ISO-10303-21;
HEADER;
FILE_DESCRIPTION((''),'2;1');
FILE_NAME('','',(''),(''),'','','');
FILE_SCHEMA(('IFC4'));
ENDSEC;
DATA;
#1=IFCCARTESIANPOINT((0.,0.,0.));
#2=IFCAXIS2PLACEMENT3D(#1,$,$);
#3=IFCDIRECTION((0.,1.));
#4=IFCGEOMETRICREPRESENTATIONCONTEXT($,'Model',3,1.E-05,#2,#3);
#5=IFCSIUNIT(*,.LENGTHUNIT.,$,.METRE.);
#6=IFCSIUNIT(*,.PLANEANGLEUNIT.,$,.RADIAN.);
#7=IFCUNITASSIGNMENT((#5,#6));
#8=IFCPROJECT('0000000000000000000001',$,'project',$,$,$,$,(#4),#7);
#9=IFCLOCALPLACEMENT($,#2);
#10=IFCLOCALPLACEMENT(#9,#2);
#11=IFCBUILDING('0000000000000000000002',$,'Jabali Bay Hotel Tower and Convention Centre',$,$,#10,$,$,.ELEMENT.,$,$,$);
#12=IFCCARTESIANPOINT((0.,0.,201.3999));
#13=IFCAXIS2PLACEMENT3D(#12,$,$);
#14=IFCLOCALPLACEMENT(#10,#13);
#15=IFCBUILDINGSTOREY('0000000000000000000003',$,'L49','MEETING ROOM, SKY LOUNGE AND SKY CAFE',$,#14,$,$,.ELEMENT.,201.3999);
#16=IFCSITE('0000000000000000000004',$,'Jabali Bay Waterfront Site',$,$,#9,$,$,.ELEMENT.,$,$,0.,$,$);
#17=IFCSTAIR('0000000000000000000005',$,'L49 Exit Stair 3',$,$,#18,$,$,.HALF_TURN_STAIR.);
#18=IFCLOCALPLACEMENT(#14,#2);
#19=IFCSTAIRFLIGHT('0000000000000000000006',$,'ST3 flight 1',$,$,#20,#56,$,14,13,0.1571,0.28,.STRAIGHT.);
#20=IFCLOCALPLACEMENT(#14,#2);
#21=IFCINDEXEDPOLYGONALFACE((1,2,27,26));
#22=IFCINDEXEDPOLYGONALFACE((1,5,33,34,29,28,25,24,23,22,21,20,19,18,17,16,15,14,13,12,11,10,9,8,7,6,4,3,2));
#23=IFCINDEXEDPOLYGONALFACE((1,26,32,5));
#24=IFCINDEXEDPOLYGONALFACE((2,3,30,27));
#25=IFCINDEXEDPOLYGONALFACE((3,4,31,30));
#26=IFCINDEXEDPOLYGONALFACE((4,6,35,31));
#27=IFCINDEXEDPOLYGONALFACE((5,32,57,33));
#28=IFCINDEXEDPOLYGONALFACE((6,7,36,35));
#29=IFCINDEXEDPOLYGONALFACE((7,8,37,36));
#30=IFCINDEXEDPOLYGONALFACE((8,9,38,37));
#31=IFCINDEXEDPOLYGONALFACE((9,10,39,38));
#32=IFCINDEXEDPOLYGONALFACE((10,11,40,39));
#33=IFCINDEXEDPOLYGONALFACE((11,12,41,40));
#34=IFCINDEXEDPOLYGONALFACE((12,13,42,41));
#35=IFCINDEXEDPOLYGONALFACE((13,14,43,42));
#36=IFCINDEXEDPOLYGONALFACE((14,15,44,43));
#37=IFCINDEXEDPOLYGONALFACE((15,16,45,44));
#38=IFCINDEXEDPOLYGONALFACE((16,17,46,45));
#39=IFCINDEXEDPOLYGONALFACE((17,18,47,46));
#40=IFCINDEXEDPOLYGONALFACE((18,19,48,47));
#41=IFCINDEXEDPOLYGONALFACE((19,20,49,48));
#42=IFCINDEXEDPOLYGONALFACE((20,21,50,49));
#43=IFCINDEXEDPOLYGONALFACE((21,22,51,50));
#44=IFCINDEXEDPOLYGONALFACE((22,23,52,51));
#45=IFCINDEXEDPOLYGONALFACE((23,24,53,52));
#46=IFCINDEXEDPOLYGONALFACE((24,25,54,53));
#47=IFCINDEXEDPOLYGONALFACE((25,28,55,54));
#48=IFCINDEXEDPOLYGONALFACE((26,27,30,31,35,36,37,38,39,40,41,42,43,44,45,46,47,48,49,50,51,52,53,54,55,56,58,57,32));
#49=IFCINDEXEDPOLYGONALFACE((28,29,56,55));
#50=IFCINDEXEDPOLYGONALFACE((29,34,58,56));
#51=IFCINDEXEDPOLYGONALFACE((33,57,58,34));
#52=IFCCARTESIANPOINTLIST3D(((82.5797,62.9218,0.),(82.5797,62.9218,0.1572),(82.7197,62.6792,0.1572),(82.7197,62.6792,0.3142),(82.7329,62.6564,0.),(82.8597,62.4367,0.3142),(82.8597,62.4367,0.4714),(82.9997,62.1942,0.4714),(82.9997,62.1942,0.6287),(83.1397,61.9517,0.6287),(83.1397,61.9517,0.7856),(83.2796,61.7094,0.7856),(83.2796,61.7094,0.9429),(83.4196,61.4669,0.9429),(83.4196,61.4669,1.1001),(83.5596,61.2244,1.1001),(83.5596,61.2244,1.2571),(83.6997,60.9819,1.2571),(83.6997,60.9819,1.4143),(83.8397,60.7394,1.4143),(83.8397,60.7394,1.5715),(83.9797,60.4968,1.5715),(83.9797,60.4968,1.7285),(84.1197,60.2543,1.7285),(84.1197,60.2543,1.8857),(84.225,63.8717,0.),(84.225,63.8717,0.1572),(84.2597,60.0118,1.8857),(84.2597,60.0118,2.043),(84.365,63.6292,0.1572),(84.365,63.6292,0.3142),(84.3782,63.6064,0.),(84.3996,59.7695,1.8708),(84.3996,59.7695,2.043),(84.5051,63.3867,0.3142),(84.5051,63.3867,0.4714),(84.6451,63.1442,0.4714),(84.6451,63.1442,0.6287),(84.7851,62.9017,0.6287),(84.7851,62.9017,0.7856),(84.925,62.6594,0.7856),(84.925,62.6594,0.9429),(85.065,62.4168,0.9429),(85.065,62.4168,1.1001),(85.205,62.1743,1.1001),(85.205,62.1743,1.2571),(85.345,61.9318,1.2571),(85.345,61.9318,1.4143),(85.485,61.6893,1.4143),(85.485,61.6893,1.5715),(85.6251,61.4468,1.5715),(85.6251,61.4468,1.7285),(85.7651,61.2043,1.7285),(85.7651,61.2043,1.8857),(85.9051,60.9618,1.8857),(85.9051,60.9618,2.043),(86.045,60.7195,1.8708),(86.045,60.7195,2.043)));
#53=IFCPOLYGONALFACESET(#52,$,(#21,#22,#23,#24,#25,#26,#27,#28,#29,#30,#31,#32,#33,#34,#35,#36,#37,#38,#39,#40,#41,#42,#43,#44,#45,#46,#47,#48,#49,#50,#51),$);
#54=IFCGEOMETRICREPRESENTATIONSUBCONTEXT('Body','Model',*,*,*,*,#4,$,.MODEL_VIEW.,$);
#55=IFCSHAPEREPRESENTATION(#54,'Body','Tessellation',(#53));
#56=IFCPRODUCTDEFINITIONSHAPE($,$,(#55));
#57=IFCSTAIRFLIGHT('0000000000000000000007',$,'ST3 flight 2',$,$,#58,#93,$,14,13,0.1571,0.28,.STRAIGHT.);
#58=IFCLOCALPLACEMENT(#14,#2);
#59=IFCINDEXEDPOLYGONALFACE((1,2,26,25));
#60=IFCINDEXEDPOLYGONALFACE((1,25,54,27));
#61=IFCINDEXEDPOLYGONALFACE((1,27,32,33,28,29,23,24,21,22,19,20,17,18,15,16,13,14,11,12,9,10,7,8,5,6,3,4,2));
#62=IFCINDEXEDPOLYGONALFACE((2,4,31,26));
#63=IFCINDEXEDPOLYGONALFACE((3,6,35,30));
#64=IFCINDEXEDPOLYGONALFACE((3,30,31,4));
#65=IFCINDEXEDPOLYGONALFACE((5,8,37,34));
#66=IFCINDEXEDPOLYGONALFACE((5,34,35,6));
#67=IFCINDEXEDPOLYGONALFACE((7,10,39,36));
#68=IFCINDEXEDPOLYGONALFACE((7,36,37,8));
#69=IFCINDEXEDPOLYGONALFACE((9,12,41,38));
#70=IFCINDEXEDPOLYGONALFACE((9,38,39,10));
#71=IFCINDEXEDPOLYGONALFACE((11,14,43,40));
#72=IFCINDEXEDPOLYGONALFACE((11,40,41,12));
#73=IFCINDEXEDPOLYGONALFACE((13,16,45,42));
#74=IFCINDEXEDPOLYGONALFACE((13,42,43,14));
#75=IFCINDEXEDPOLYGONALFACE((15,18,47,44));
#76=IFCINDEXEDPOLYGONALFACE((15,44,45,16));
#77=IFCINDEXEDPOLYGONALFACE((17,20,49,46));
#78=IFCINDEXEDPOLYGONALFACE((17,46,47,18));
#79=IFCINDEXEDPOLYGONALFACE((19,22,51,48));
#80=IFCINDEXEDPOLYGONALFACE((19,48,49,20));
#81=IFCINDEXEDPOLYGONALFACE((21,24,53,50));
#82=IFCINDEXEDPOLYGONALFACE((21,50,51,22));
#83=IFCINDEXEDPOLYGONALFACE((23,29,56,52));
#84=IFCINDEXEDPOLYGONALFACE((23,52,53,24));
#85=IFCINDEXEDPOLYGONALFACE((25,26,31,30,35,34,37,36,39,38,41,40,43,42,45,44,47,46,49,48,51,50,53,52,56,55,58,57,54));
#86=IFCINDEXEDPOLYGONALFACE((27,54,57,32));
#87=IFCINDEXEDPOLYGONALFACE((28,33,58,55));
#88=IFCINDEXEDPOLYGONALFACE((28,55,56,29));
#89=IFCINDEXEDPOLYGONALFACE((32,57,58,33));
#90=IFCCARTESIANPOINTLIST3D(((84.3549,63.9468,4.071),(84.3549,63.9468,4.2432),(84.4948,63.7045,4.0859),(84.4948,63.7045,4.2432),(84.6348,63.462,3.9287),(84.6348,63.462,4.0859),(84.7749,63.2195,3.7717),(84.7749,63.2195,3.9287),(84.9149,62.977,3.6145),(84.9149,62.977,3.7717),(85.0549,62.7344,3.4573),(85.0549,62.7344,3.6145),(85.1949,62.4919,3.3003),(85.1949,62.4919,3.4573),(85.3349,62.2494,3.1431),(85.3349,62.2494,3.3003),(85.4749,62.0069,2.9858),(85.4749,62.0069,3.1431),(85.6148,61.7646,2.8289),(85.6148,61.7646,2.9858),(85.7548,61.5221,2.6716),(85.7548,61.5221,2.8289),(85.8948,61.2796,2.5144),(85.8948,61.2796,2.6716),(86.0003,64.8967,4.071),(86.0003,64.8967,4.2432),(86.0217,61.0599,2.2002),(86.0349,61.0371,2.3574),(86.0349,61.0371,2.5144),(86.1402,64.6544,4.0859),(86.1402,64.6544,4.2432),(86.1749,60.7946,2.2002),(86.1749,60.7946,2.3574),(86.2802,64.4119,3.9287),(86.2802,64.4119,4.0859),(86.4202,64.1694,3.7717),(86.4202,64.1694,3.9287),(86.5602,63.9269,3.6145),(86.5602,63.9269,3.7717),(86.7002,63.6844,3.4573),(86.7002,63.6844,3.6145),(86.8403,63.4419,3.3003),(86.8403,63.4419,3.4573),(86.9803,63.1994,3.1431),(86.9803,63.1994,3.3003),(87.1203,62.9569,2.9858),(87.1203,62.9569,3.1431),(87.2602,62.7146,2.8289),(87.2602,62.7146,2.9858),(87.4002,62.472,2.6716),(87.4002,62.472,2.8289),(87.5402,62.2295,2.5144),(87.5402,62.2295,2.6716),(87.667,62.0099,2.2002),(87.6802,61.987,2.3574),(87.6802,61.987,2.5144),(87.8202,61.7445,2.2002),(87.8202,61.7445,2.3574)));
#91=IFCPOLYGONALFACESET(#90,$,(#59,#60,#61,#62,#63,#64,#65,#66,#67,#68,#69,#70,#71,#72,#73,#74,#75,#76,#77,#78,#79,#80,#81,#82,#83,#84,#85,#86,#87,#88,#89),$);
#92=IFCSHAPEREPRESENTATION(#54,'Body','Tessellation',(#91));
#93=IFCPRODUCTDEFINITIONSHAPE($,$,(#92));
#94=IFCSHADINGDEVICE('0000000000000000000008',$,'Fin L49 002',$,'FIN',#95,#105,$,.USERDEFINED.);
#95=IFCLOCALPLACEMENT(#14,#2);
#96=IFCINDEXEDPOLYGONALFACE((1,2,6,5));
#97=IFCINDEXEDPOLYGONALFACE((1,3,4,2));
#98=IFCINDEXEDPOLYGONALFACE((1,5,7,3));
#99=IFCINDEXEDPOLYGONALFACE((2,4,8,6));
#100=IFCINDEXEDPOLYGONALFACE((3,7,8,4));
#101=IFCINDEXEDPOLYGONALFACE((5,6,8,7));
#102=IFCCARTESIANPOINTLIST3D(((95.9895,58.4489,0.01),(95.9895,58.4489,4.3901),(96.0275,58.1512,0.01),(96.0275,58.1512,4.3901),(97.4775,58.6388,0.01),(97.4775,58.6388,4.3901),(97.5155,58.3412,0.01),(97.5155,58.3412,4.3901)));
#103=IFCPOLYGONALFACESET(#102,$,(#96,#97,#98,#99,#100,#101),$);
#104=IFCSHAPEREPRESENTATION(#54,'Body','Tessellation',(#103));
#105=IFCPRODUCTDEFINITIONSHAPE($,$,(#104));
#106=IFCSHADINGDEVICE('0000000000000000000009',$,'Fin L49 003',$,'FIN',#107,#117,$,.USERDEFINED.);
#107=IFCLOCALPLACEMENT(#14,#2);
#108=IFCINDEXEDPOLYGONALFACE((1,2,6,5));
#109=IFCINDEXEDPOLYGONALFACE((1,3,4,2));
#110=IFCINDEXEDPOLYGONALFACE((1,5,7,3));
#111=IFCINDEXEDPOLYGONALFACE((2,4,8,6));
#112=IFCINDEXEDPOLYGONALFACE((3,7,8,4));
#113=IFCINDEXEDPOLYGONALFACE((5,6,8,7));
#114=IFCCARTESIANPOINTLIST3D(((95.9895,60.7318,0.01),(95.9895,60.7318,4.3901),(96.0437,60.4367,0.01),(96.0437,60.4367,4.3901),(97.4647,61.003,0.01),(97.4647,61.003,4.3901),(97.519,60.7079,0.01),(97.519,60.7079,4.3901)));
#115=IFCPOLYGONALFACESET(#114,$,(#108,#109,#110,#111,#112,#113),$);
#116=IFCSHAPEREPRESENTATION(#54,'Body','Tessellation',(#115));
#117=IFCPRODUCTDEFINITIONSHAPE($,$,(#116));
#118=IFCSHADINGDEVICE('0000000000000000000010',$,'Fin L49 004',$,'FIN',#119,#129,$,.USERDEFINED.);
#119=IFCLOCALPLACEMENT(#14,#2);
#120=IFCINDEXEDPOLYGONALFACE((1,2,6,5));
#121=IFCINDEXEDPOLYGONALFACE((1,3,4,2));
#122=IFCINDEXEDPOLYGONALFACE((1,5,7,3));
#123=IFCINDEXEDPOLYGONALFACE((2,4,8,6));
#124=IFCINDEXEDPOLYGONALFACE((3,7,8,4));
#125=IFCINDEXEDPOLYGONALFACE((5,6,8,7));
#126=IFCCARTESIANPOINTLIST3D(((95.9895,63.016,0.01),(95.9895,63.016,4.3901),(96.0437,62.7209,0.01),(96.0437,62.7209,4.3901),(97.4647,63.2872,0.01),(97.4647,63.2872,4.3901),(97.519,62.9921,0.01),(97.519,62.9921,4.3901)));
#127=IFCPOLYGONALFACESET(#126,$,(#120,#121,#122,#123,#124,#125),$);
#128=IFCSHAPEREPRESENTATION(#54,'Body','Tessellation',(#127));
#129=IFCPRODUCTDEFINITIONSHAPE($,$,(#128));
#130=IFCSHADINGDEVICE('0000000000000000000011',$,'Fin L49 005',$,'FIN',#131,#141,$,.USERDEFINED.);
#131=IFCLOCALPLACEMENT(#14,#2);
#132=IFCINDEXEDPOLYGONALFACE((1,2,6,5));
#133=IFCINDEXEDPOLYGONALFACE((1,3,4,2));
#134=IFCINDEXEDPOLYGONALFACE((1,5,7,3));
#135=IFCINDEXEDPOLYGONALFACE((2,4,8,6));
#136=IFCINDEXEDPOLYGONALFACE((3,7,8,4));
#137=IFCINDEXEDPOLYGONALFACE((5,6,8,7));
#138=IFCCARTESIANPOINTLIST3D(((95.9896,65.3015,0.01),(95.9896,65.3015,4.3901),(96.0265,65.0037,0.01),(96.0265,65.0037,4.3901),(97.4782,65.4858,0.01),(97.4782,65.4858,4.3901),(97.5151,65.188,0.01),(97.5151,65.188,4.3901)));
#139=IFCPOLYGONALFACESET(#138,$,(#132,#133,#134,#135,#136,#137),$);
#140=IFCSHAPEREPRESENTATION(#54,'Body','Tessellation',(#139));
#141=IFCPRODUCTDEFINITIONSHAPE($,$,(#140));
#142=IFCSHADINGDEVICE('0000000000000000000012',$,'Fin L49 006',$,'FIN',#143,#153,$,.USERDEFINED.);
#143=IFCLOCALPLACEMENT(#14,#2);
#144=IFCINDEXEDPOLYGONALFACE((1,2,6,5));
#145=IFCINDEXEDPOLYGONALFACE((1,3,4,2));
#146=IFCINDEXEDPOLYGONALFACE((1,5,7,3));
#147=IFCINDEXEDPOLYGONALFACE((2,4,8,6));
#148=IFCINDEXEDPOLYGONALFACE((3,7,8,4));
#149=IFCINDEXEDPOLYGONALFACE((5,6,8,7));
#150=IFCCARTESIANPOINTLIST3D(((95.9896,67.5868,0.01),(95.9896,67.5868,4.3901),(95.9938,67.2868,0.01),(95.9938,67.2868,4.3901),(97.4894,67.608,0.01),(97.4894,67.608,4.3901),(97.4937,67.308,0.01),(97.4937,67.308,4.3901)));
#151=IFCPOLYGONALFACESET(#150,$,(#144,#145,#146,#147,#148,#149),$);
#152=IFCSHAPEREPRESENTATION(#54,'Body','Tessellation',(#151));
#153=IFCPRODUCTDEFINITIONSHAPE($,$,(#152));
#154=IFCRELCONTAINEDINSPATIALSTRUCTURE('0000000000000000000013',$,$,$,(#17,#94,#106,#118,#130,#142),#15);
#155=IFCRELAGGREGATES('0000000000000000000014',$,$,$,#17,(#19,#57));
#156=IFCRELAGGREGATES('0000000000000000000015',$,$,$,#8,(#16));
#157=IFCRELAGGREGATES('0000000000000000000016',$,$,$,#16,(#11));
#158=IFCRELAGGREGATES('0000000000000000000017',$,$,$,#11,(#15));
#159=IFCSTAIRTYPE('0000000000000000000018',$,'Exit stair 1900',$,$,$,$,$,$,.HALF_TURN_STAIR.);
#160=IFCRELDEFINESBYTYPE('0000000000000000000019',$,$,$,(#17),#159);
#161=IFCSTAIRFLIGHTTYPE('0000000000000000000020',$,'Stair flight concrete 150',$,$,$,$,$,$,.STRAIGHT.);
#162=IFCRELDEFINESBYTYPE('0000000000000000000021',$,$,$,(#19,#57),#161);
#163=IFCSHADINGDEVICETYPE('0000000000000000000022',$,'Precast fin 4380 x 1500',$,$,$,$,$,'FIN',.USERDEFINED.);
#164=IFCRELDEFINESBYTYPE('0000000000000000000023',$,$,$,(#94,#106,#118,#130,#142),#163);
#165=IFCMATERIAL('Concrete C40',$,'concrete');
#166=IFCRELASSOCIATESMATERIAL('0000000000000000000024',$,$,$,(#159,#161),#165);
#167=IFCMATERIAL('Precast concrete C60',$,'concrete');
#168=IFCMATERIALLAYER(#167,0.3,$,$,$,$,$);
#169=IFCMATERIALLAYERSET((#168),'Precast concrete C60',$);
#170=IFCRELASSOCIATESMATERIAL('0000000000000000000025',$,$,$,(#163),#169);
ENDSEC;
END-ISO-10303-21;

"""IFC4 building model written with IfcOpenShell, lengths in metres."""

from ifc_helpers import new_model, si_unit, direction, frame, frame_2d, origin, place, context, subcontext, project, spatial, polyline, rectangle, outline, extrude, material, layer, layer_set, type_object, element, aggregate, save


model = new_model("IFC4")

# Units and contexts
model_context = context("Model", 3, precision=1e-05, world=origin(), true_north=direction((0.0, 1.0)))
body_context = subcontext(model_context, "Body", "Model", "MODEL_VIEW")
ifc_project = project(units=[si_unit("LENGTHUNIT", "METRE"), si_unit("PLANEANGLEUNIT", "RADIAN")], contexts=[model_context])

# Site, building, storey
site_placement = place(None, origin())
site = spatial("IfcSite", under=ifc_project, at=site_placement, Name="Jabali Bay Waterfront Site", CompositionType="ELEMENT", RefElevation=0.0)
building_placement = place(site_placement, origin())
building = spatial("IfcBuilding", under=site, at=building_placement, Name="Jabali Bay Hotel Tower and Convention Centre", CompositionType="ELEMENT")
storey_placement = place(building_placement, frame((0.0, 0.0, 201.3999)))
storey = spatial("IfcBuildingStorey", under=building, at=storey_placement, Name="L49", Description="MEETING ROOM, SKY LOUNGE AND SKY CAFE", CompositionType="ELEMENT", Elevation=201.3999)

# Shared definitions
ifc_material_1 = material(Name="Concrete C40", Category="concrete")

# Stair, stair flights
stair_type = type_object("IfcStairType", Name="Exit stair 1900", PredefinedType="HALF_TURN_STAIR", material=ifc_material_1)
stair_placement = place(storey_placement, origin())
stair = element("IfcStair", 1, at=stair_placement, inside=storey, type_object=stair_type, Name="L49 Exit Stair 3", PredefinedType="HALF_TURN_STAIR")
stair_flight_type = type_object("IfcStairFlightType", Name="Stair flight concrete 150", PredefinedType="STRAIGHT", material=ifc_material_1)
stair_flight_1_placement = place(storey_placement, frame((83.4023, 63.3967, 0.0), z_axis=(0.0, 0.0, 1.0), x_axis=(0.5, -0.866025, 0.0)))
stair_flight_1 = element("IfcStairFlight", 2, at=stair_flight_1_placement, type_object=stair_flight_type, Name="ST3 flight 1", NumberOfRisers=14, NumberOfTreads=13, PredefinedType="STRAIGHT", RiserHeight=0.1571, TreadLength=0.28, context=body_context, shape_type="SweptSolid", body=[
    extrude(outline(polyline([(0.0, 0.0), (0.0, 0.1572), (0.28, 0.1572), (0.28, 0.3142), (0.5601, 0.3142), (0.5601, 0.4714), (0.8401, 0.4714), (0.8401, 0.6287), (1.1201, 0.6287), (1.1201, 0.7856), (1.3999, 0.7856), (1.3999, 0.9429), (1.6799, 0.9429), (1.6799, 1.1001), (1.96, 1.1001), (1.96, 1.2571), (2.24, 1.2571), (2.24, 1.4143), (2.52, 1.4143), (2.52, 1.5715), (2.8, 1.5715), (2.8, 1.7285), (3.0801, 1.7285), (3.0801, 1.8857), (3.3601, 1.8857), (3.3601, 2.043), (3.6399, 2.043), (3.6399, 2.2), (3.6399, 1.8708), (0.3064, 0.0), (0.0, 0.0)])), frame((0.0, 0.95, 0.0), z_axis=(0.0, -1.0, 0.0), x_axis=(1.0, 0.0, 0.0)), (0.0, 0.0, 1.0), 1.8999),
])
stair_flight_2_placement = place(storey_placement, frame((86.9976, 61.2695, 2.2002), z_axis=(0.0, 0.0, 1.0), x_axis=(-0.5, 0.866025, 0.0)))
stair_flight_2 = element("IfcStairFlight", 3, at=stair_flight_2_placement, type_object=stair_flight_type, Name="ST3 flight 2", NumberOfRisers=14, NumberOfTreads=13, PredefinedType="STRAIGHT", RiserHeight=0.1571, TreadLength=0.28, context=body_context, shape_type="SweptSolid", body=[
    extrude(outline(polyline([(0.0, 0.0), (0.0, 0.1572), (0.28, 0.1572), (0.28, 0.3142), (0.5601, 0.3142), (0.5601, 0.4714), (0.8401, 0.4714), (0.8401, 0.6287), (1.1201, 0.6287), (1.1201, 0.7856), (1.3999, 0.7856), (1.3999, 0.9429), (1.6799, 0.9429), (1.6799, 1.1001), (1.96, 1.1001), (1.96, 1.2571), (2.24, 1.2571), (2.24, 1.4143), (2.52, 1.4143), (2.52, 1.5715), (2.8, 1.5715), (2.8, 1.7285), (3.0801, 1.7285), (3.0801, 1.8857), (3.3601, 1.8857), (3.3601, 2.043), (3.6399, 2.043), (3.6399, 2.2), (3.6399, 1.8708), (0.3064, 0.0), (0.0, 0.0)])), frame((0.0, 0.95, 0.0), z_axis=(0.0, -1.0, 0.0), x_axis=(1.0, 0.0, 0.0)), (0.0, 0.0, 1.0), 1.8999),
])
aggregate(stair, [stair_flight_1, stair_flight_2])

# Shading devices
ifc_material_2 = material(Name="Precast concrete C60", Category="concrete")
ifc_layer_1 = layer(ifc_material_2, 0.3)
ifc_layer_set_1 = layer_set([ifc_layer_1], Name="Precast concrete C60")
shading_device_type = type_object("IfcShadingDeviceType", Name="Precast fin 4380 x 1500", ElementType="FIN", PredefinedType="USERDEFINED", material=ifc_layer_set_1)
for number, where, z_axis, x_axis, name in (
    (4, (96.0085, 58.3, 0.01), (0.0, 0.0, 1.0), (0.991952, 0.126618, 0.0), "Fin L49 002"),
    (5, (96.0166, 60.5842, 0.01), (0.0, 0.0, 1.0), (0.983516, 0.180819, 0.0), "Fin L49 003"),
    (6, (96.0166, 62.8684, 0.01), (0.0, 0.0, 1.0), (0.983516, 0.180819, 0.0), "Fin L49 004"),
    (7, (96.0081, 65.1526, 0.01), (0.0, 0.0, 1.0), (0.99242, 0.122893, 0.0), "Fin L49 005"),
    (8, (95.9917, 67.4368, 0.01), (0.0, 0.0, 1.0), (0.9999, 0.014161, 0.0), "Fin L49 006"),
):
    element("IfcShadingDevice", number, at=place(storey_placement, frame(where, z_axis=z_axis, x_axis=x_axis)), inside=storey, type_object=shading_device_type, Name=name, ObjectType="FIN", PredefinedType="USERDEFINED", context=body_context, shape_type="SweptSolid", body=[
        extrude(rectangle(XDim=1.5, YDim=0.3, at=frame_2d((0.75, 0.0))), origin(), (0.0, 0.0, 1.0), 4.3801),
    ])

save(model, "model.ifc")
